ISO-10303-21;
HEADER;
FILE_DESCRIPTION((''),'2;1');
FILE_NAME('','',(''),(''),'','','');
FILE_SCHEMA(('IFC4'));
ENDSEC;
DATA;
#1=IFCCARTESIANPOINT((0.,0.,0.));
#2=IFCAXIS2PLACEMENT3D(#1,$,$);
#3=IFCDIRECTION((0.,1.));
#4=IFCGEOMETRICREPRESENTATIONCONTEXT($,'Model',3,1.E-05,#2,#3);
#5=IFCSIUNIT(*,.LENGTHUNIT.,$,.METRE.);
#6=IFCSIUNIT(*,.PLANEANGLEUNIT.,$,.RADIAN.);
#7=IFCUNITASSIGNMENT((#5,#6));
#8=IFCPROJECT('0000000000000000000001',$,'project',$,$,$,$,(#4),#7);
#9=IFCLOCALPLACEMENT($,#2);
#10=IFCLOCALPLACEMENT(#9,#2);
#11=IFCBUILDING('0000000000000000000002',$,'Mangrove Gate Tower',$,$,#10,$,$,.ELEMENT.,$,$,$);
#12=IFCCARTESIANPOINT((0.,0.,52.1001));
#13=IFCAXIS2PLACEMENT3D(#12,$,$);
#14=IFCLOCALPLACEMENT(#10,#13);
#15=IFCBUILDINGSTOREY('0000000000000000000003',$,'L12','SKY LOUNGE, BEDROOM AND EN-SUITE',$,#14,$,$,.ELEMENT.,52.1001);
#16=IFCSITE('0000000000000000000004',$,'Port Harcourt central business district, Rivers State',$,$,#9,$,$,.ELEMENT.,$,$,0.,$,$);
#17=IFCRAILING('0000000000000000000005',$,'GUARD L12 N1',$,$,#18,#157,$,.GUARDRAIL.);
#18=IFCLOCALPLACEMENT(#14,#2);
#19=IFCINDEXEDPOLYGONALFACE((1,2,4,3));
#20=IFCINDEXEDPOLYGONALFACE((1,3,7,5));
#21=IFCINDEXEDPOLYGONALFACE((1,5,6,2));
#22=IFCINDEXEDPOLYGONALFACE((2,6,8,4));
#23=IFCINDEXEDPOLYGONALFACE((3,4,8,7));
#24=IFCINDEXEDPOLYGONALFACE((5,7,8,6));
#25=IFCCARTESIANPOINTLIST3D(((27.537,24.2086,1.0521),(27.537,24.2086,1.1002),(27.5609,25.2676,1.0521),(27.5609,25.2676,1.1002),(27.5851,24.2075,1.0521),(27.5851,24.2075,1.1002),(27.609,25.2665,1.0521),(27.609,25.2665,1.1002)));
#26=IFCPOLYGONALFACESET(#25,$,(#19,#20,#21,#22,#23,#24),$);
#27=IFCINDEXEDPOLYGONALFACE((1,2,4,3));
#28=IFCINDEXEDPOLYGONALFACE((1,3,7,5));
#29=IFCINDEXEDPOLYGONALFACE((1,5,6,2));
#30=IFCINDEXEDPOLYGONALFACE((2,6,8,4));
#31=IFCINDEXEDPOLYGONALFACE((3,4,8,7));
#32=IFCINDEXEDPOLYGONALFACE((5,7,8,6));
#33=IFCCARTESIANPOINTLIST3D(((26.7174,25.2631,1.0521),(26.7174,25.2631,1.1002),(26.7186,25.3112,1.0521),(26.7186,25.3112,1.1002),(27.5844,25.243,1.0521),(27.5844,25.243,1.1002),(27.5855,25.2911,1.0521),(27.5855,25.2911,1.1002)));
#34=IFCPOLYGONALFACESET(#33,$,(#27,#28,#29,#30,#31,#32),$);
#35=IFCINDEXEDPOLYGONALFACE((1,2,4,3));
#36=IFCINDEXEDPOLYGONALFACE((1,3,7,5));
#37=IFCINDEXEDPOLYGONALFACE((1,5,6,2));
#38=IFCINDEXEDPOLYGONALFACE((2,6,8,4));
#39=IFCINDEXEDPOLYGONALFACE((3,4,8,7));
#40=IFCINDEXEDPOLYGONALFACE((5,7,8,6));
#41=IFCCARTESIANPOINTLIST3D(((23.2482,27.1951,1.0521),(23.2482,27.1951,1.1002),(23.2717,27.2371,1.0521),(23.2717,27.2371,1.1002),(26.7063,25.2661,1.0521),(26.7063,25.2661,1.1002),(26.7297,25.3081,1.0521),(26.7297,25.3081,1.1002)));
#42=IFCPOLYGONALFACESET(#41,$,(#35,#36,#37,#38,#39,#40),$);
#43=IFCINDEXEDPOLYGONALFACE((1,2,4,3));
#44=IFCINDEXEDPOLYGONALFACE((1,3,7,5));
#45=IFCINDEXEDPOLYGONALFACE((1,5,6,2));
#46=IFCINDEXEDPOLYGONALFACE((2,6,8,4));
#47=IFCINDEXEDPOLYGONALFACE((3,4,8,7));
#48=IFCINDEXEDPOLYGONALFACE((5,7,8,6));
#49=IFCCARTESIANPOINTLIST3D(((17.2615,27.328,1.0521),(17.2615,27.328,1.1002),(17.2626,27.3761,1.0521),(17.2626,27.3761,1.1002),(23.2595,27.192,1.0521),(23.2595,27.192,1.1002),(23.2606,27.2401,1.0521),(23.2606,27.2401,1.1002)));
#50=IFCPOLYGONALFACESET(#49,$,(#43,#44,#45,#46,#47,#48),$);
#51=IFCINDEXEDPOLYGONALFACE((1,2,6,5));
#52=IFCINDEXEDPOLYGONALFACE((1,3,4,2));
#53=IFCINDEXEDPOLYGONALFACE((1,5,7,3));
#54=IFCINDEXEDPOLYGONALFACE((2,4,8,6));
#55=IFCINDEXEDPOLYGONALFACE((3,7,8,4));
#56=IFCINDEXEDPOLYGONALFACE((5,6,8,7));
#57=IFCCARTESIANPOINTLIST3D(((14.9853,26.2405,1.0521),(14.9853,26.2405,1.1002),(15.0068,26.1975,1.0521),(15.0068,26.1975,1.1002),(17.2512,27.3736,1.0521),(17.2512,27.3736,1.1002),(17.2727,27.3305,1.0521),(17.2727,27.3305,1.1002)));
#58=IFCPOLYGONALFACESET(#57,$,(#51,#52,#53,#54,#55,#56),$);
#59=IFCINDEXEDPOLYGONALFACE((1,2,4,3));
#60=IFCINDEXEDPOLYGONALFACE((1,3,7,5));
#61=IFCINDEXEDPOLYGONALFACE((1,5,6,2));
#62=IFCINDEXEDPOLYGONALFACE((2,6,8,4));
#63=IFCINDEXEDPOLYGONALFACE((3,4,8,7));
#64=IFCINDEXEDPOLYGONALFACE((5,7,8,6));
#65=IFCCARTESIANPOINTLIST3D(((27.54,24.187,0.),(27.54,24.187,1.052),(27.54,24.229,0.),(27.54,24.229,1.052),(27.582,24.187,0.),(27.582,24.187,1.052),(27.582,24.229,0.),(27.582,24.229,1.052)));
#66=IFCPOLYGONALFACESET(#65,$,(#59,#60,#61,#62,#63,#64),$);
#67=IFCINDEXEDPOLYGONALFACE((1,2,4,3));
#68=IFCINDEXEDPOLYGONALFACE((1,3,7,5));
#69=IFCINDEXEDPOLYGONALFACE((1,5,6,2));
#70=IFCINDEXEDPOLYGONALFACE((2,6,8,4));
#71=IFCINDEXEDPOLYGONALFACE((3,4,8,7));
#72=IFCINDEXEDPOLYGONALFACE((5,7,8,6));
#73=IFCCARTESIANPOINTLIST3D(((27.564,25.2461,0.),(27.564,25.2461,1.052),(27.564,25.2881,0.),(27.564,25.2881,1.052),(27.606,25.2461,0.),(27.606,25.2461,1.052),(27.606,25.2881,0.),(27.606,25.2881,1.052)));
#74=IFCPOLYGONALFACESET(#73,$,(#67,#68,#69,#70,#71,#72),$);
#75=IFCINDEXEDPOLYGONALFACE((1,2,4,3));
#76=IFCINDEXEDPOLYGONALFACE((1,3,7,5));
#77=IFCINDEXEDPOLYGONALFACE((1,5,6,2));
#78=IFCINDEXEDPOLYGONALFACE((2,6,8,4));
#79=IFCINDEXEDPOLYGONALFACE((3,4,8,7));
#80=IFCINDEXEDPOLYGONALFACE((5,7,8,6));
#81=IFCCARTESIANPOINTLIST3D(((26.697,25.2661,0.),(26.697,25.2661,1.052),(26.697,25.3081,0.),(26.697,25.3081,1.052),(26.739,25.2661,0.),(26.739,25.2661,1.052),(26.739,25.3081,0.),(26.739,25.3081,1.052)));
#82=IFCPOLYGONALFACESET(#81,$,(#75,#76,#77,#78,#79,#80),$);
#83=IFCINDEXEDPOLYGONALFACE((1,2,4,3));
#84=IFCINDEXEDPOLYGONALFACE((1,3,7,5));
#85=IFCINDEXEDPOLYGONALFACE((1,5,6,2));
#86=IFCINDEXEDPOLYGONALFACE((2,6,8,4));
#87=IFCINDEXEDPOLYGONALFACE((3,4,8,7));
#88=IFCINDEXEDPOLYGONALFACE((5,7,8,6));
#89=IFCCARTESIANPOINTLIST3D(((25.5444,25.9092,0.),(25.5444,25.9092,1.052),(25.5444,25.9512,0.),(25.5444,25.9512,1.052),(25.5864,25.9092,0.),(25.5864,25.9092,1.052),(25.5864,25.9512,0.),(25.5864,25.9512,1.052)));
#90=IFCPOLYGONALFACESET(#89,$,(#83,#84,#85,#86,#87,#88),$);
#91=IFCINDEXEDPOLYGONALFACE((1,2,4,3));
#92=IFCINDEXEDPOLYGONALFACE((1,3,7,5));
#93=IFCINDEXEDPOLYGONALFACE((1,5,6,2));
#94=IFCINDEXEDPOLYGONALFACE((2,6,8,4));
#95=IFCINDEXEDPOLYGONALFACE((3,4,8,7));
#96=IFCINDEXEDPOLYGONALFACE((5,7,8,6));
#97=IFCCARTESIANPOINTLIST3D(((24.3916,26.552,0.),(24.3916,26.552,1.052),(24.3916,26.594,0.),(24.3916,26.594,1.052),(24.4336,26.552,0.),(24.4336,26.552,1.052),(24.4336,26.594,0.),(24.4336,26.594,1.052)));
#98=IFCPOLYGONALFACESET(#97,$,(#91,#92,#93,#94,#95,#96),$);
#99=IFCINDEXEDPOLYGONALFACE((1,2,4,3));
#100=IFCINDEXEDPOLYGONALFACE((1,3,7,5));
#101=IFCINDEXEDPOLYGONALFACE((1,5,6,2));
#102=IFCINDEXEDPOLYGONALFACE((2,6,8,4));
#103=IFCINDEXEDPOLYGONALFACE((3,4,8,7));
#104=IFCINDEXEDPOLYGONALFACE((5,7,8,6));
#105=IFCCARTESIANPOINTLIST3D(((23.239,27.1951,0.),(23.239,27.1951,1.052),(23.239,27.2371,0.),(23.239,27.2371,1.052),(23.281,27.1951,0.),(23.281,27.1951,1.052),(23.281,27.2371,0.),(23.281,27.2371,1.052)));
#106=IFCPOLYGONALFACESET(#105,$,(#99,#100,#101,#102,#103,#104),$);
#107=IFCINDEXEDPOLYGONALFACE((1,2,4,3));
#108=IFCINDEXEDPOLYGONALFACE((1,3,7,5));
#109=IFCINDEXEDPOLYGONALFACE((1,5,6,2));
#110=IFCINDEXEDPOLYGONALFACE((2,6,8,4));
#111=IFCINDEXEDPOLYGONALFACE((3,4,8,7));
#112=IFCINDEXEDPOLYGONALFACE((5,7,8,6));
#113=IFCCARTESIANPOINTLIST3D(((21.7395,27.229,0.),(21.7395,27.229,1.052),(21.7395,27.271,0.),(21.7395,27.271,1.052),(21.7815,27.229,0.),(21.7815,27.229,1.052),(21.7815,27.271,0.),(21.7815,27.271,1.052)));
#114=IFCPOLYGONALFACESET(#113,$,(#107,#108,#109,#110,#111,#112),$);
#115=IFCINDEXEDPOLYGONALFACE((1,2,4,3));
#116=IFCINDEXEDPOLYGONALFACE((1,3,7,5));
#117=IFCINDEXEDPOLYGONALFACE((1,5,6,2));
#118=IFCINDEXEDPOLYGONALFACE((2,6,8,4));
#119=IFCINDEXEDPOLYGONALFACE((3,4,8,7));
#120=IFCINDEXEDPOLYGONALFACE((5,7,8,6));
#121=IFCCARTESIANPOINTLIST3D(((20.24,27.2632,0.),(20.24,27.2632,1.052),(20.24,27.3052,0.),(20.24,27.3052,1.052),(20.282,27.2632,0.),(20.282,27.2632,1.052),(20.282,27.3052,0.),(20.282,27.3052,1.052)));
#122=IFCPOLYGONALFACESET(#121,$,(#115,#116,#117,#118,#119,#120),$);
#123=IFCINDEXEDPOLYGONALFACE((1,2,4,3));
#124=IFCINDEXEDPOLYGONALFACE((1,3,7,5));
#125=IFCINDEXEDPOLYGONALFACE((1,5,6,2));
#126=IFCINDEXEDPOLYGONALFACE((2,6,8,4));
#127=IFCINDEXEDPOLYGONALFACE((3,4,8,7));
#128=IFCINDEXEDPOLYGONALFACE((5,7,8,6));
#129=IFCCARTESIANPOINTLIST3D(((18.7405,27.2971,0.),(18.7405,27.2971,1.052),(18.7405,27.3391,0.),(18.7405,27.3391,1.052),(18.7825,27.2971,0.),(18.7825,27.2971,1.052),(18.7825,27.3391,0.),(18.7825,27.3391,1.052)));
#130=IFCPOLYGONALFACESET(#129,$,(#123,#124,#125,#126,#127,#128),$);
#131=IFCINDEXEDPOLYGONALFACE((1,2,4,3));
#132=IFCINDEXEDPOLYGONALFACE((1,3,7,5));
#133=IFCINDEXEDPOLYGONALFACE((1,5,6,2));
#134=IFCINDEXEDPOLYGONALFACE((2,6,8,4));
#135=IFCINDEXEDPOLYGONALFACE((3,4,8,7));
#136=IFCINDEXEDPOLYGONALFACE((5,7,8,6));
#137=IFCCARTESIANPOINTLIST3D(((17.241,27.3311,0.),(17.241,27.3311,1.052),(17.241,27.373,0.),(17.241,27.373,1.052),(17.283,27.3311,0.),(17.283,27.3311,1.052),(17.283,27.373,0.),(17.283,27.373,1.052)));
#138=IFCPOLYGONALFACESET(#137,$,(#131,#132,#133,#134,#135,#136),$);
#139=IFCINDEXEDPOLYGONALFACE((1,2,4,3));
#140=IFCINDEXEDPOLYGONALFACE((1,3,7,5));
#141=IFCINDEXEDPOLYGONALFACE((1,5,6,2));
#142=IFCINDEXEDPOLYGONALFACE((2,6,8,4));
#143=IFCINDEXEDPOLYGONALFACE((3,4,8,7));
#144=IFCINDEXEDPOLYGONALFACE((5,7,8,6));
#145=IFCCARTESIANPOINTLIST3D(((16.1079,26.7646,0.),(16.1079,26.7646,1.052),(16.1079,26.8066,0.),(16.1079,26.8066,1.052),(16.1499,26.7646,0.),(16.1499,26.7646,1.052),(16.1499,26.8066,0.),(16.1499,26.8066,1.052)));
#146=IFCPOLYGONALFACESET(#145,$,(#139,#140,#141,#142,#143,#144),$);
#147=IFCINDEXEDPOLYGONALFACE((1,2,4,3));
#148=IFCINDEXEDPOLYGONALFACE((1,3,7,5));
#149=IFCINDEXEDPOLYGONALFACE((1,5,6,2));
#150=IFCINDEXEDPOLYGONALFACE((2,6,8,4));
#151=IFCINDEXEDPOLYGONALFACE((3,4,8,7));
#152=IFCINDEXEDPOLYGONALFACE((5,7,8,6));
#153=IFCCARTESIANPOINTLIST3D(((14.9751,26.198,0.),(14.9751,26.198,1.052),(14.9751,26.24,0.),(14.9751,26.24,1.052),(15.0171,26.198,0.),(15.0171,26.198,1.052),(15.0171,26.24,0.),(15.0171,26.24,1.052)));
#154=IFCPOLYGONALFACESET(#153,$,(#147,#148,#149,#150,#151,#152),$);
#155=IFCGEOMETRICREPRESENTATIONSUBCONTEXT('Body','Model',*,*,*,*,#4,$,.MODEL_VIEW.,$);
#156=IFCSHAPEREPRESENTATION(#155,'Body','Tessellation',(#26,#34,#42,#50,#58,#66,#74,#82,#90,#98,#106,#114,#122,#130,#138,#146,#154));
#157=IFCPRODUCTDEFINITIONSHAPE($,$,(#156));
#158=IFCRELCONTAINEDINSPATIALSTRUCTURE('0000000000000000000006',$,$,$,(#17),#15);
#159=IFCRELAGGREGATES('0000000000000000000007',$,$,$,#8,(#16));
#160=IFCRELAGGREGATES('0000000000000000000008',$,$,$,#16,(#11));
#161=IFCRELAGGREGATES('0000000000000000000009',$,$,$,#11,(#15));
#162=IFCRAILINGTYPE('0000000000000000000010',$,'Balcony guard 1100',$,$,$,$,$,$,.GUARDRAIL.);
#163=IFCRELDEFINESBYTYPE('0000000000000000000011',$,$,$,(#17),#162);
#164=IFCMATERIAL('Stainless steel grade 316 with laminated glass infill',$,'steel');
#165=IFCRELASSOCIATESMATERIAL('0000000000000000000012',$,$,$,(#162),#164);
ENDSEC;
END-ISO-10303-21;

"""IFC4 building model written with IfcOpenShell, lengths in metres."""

from ifc_helpers import new_model, si_unit, direction, frame, origin, origin_2d, place, context, subcontext, project, spatial, rectangle, extrude, material, type_object, element, save


model = new_model("IFC4")

# Units and contexts
model_context = context("Model", 3, precision=1e-05, world=origin(), true_north=direction((0.0, 1.0)))
body_context = subcontext(model_context, "Body", "Model", "MODEL_VIEW")
ifc_project = project(units=[si_unit("LENGTHUNIT", "METRE"), si_unit("PLANEANGLEUNIT", "RADIAN")], contexts=[model_context])

# Site, building, storey
site_placement = place(None, origin())
site = spatial("IfcSite", under=ifc_project, at=site_placement, Name="Port Harcourt central business district, Rivers State", CompositionType="ELEMENT", RefElevation=0.0)
building_placement = place(site_placement, origin())
building = spatial("IfcBuilding", under=site, at=building_placement, Name="Mangrove Gate Tower", CompositionType="ELEMENT")
storey_placement = place(building_placement, frame((0.0, 0.0, 52.1001)))
storey = spatial("IfcBuildingStorey", under=building, at=storey_placement, Name="L12", Description="SKY LOUNGE, BEDROOM AND EN-SUITE", CompositionType="ELEMENT", Elevation=52.1001)

# Railing
ifc_material_1 = material(Name="Stainless steel grade 316 with laminated glass infill", Category="steel")
railing_type = type_object("IfcRailingType", Name="Balcony guard 1100", PredefinedType="GUARDRAIL", material=ifc_material_1)
railing_placement = place(storey_placement, frame((27.561, 24.208, 0.0)))
element("IfcRailing", 1, at=railing_placement, inside=storey, type_object=railing_type, Name="GUARD L12 N1", PredefinedType="GUARDRAIL", context=body_context, shape_type="SweptSolid", body=[
    extrude(rectangle(XDim=0.0481, YDim=0.0481, at=origin_2d()), frame((0.0, 0.0, 1.0762), z_axis=(0.022585, 0.999745, 0.0), x_axis=(-0.999745, 0.022585, 0.0)), (0.0, 0.0, 1.0), 1.0593),
    extrude(rectangle(XDim=0.0481, YDim=0.0481, at=origin_2d()), frame((0.0239, 1.0591, 1.0762), z_axis=(-0.999733, 0.023086, 0.0), x_axis=(-0.023086, -0.999733, 0.0)), (0.0, 0.0, 1.0), 0.8672),
    extrude(rectangle(XDim=0.0481, YDim=0.0481, at=origin_2d()), frame((-0.843, 1.0791, 1.0762), z_axis=(-0.873315, 0.487155, 0.0), x_axis=(-0.487155, -0.873315, 0.0)), (0.0, 0.0, 1.0), 3.9597),
    extrude(rectangle(XDim=0.0481, YDim=0.0481, at=origin_2d()), frame((-4.301, 3.0081, 1.0762), z_axis=(-0.999743, 0.022666, 0.0), x_axis=(-0.022666, -0.999743, 0.0)), (0.0, 0.0, 1.0), 5.9995),
    extrude(rectangle(XDim=0.0481, YDim=0.0481, at=origin_2d()), frame((-10.2991, 3.144, 1.0762), z_axis=(-0.894408, -0.447252, 0.0), x_axis=(0.447252, -0.894408, 0.0)), (0.0, 0.0, 1.0), 2.5334),
    extrude(rectangle(XDim=0.042, YDim=0.042, at=origin_2d()), origin(), (0.0, 0.0, 1.0), 1.052),
    extrude(rectangle(XDim=0.042, YDim=0.042, at=origin_2d()), frame((0.0239, 1.0591, 0.0)), (0.0, 0.0, 1.0), 1.052),
    extrude(rectangle(XDim=0.042, YDim=0.042, at=origin_2d()), frame((-0.843, 1.0791, 0.0)), (0.0, 0.0, 1.0), 1.052),
    extrude(rectangle(XDim=0.042, YDim=0.042, at=origin_2d()), frame((-1.9956, 1.7222, 0.0)), (0.0, 0.0, 1.0), 1.052),
    extrude(rectangle(XDim=0.042, YDim=0.042, at=origin_2d()), frame((-3.1484, 2.365, 0.0)), (0.0, 0.0, 1.0), 1.052),
    extrude(rectangle(XDim=0.042, YDim=0.042, at=origin_2d()), frame((-4.301, 3.0081, 0.0)), (0.0, 0.0, 1.0), 1.052),
    extrude(rectangle(XDim=0.042, YDim=0.042, at=origin_2d()), frame((-5.8005, 3.042, 0.0)), (0.0, 0.0, 1.0), 1.052),
    extrude(rectangle(XDim=0.042, YDim=0.042, at=origin_2d()), frame((-7.3, 3.0762, 0.0)), (0.0, 0.0, 1.0), 1.052),
    extrude(rectangle(XDim=0.042, YDim=0.042, at=origin_2d()), frame((-8.7996, 3.1101, 0.0)), (0.0, 0.0, 1.0), 1.052),
    extrude(rectangle(XDim=0.042, YDim=0.042, at=origin_2d()), frame((-10.2991, 3.144, 0.0)), (0.0, 0.0, 1.0), 1.052),
    extrude(rectangle(XDim=0.042, YDim=0.042, at=origin_2d()), frame((-11.4321, 2.5776, 0.0)), (0.0, 0.0, 1.0), 1.052),
    extrude(rectangle(XDim=0.042, YDim=0.042, at=origin_2d()), frame((-12.5649, 2.011, 0.0)), (0.0, 0.0, 1.0), 1.052),
])

save(model, "model.ifc")
